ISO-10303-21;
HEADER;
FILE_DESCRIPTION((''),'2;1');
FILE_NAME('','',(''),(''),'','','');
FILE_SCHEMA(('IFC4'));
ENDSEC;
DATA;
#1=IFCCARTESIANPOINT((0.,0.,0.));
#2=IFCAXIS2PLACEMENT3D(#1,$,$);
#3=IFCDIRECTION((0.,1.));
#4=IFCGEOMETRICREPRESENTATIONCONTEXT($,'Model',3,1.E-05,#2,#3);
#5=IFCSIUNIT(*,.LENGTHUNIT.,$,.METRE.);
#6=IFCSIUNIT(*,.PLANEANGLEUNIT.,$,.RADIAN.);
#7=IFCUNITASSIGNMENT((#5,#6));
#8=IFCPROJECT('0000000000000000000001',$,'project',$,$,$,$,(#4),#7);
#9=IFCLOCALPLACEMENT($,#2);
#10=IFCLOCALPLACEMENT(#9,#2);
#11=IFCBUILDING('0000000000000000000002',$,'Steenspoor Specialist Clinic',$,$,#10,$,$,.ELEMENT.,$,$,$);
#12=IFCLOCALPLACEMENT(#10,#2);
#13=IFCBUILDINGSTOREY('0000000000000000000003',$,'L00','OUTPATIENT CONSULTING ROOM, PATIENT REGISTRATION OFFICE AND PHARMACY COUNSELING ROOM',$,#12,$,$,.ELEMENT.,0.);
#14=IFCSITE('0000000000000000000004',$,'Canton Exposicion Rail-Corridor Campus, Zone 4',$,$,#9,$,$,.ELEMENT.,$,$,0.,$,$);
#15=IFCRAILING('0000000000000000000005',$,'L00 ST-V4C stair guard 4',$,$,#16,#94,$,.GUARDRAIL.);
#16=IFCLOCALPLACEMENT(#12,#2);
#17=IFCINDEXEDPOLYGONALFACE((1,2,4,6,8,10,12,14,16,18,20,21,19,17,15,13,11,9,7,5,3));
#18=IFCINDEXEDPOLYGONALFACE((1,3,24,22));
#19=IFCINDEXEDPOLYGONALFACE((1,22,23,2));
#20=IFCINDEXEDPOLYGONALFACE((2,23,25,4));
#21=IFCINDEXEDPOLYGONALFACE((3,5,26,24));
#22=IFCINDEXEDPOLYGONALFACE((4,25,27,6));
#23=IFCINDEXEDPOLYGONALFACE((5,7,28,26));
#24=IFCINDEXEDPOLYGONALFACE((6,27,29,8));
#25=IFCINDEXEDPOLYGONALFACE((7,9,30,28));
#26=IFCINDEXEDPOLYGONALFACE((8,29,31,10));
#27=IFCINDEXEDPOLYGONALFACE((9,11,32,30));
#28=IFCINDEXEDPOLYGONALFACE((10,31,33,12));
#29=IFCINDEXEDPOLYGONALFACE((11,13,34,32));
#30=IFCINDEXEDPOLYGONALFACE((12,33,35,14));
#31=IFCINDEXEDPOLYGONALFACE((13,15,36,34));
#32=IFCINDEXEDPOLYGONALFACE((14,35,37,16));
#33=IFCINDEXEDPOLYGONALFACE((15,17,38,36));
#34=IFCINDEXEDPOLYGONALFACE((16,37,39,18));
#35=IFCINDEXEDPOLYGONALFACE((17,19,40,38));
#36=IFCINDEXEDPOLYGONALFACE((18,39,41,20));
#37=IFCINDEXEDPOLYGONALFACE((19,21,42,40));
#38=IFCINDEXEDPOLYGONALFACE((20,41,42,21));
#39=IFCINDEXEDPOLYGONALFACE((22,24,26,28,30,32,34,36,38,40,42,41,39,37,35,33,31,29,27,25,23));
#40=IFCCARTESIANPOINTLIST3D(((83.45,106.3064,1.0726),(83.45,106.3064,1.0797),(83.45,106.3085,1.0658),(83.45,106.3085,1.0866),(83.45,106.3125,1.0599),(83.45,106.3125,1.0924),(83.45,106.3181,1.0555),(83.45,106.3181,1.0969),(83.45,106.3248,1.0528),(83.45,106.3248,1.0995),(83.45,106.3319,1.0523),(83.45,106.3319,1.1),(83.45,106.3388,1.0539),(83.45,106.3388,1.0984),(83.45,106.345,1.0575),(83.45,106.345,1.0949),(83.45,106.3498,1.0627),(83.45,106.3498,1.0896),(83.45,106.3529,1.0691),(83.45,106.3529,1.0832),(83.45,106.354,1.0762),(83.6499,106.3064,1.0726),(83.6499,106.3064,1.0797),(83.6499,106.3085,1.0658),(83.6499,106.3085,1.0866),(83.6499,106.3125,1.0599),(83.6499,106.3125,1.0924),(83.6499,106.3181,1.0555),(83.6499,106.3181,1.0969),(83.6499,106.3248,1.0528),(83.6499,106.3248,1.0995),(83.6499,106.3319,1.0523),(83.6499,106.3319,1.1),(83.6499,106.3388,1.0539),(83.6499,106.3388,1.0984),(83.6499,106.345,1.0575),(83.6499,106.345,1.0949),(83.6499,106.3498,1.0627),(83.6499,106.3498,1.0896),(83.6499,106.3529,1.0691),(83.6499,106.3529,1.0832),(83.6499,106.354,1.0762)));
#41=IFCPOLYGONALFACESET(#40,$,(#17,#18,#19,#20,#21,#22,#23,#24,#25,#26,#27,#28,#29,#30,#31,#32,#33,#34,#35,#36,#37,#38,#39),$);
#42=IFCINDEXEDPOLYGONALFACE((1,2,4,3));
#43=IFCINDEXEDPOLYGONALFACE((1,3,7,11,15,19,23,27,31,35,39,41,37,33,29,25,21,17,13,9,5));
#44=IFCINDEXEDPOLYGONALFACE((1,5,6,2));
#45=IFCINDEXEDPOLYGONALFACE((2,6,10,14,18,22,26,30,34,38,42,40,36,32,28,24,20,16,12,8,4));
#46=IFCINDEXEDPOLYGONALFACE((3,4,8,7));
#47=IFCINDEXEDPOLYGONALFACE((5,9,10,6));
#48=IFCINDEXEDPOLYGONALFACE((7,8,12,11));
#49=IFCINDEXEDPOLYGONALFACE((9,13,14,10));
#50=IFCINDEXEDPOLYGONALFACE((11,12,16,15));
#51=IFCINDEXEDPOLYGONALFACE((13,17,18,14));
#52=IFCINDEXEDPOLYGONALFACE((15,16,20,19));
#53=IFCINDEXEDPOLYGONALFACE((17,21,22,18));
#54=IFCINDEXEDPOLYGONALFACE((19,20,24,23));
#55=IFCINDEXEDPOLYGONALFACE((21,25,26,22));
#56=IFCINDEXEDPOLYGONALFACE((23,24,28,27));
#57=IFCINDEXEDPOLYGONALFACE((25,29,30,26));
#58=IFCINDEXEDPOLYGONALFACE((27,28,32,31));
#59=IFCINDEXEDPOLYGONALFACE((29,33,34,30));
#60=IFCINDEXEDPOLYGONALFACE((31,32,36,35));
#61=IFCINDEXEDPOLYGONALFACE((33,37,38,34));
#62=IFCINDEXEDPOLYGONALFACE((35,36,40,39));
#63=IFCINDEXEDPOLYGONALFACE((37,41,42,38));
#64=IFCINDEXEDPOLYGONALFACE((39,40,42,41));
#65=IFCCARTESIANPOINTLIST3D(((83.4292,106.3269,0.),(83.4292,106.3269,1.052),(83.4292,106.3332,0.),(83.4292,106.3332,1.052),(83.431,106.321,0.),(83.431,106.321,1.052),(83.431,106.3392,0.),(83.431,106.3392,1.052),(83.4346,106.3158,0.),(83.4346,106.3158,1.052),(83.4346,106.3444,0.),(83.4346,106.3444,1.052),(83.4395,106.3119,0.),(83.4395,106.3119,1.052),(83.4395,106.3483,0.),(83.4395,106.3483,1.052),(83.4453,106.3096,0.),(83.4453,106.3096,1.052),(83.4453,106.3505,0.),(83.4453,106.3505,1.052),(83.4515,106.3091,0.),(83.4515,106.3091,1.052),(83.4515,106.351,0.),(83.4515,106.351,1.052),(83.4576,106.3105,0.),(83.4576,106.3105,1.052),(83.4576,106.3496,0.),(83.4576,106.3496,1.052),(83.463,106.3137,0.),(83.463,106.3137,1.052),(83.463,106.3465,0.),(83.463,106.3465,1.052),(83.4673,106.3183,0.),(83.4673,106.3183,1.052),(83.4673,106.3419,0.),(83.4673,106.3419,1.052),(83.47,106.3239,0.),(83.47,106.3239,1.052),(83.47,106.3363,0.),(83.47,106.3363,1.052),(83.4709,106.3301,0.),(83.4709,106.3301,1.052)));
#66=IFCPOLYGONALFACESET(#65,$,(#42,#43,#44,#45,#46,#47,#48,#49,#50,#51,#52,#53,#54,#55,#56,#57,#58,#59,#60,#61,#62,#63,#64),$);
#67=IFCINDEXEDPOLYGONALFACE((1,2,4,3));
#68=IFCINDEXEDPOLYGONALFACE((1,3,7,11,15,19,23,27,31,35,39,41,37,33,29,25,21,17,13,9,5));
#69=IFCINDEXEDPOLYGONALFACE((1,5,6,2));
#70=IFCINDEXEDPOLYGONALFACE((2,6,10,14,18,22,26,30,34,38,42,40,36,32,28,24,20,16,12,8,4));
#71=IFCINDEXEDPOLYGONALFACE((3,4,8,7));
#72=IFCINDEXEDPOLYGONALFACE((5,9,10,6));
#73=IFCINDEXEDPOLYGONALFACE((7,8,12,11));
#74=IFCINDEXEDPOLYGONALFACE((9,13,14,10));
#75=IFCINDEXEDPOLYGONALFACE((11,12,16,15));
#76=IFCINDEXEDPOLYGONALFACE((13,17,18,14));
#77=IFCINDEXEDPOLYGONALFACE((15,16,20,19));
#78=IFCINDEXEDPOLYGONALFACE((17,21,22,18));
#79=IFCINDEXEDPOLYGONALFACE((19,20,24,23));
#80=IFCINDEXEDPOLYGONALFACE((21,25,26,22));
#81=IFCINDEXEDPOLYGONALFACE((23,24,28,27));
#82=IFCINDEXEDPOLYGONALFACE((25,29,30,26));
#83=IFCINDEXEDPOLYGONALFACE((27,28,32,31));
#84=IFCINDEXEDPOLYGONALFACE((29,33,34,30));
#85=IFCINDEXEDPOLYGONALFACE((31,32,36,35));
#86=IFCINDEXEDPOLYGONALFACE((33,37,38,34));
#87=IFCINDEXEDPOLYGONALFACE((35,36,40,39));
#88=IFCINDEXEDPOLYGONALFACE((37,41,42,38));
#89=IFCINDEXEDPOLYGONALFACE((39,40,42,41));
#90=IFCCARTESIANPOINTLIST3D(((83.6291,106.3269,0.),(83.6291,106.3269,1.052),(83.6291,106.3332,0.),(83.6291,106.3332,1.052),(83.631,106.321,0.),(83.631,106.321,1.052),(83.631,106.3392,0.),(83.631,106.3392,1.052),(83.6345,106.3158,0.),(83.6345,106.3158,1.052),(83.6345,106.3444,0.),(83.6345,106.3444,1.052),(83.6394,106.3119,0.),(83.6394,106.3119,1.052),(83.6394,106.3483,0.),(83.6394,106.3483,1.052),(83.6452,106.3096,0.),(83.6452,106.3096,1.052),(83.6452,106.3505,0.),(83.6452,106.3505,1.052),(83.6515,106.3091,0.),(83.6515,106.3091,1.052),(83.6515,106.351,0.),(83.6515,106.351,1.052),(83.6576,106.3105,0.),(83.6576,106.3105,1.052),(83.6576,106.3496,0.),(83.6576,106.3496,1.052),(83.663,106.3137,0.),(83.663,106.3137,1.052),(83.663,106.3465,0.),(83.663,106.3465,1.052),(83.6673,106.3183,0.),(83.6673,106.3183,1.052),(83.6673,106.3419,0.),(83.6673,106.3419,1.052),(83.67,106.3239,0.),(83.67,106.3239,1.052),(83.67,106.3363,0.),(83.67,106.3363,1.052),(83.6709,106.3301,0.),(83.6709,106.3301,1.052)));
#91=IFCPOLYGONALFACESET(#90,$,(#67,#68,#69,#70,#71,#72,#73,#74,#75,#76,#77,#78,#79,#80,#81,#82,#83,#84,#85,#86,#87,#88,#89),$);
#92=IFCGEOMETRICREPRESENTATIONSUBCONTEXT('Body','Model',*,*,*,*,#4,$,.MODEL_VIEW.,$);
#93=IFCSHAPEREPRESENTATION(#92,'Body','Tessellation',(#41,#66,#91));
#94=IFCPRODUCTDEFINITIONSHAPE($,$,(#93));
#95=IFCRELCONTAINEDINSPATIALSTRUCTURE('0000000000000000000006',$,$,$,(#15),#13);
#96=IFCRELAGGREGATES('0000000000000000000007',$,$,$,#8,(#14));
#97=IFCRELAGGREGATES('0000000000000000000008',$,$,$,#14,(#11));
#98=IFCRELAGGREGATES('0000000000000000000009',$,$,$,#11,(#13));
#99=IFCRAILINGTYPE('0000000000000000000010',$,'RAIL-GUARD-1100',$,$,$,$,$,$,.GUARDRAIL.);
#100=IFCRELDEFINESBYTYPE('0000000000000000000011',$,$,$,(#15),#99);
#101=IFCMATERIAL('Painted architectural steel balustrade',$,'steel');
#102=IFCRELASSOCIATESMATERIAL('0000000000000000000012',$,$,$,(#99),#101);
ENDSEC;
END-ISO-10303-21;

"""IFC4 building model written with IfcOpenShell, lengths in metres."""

from ifc_helpers import new_model, si_unit, direction, frame, origin, origin_2d, place, context, subcontext, project, spatial, circle, extrude, material, type_object, element, save


model = new_model("IFC4")

# Units and contexts
model_context = context("Model", 3, precision=1e-05, world=origin(), true_north=direction((0.0, 1.0)))
body_context = subcontext(model_context, "Body", "Model", "MODEL_VIEW")
ifc_project = project(units=[si_unit("LENGTHUNIT", "METRE"), si_unit("PLANEANGLEUNIT", "RADIAN")], contexts=[model_context])

# Site, building, storey
site_placement = place(None, origin())
site = spatial("IfcSite", under=ifc_project, at=site_placement, Name="Canton Exposicion Rail-Corridor Campus, Zone 4", CompositionType="ELEMENT", RefElevation=0.0)
building_placement = place(site_placement, origin())
building = spatial("IfcBuilding", under=site, at=building_placement, Name="Steenspoor Specialist Clinic", CompositionType="ELEMENT")
storey_placement = place(building_placement, origin())
storey = spatial("IfcBuildingStorey", under=building, at=storey_placement, Name="L00", Description="OUTPATIENT CONSULTING ROOM, PATIENT REGISTRATION OFFICE AND PHARMACY COUNSELING ROOM", CompositionType="ELEMENT", Elevation=0.0)

# Railing
ifc_material_1 = material(Name="Painted architectural steel balustrade", Category="steel")
railing_type_1 = type_object("IfcRailingType", Name="RAIL-GUARD-1100", PredefinedType="GUARDRAIL", material=ifc_material_1)
railing_1_placement = place(storey_placement, frame((83.45, 106.3301, 0.0)))
element("IfcRailing", 1, at=railing_1_placement, inside=storey, type_object=railing_type_1, Name="L00 ST-V4C stair guard 4", PredefinedType="GUARDRAIL", context=body_context, shape_type="SweptSolid", body=[
    extrude(circle(Radius=0.0239, at=origin_2d()), frame((0.0, 0.0, 1.0762), z_axis=(1.0, 0.0, 0.0), x_axis=(0.0, 1.0, 0.0)), (0.0, 0.0, 1.0), 0.2),
    extrude(circle(Radius=0.021, at=origin_2d()), origin(), (0.0, 0.0, 1.0), 1.052),
    extrude(circle(Radius=0.021, at=origin_2d()), frame((0.2, 0.0, 0.0)), (0.0, 0.0, 1.0), 1.052),
])

save(model, "model.ifc")
